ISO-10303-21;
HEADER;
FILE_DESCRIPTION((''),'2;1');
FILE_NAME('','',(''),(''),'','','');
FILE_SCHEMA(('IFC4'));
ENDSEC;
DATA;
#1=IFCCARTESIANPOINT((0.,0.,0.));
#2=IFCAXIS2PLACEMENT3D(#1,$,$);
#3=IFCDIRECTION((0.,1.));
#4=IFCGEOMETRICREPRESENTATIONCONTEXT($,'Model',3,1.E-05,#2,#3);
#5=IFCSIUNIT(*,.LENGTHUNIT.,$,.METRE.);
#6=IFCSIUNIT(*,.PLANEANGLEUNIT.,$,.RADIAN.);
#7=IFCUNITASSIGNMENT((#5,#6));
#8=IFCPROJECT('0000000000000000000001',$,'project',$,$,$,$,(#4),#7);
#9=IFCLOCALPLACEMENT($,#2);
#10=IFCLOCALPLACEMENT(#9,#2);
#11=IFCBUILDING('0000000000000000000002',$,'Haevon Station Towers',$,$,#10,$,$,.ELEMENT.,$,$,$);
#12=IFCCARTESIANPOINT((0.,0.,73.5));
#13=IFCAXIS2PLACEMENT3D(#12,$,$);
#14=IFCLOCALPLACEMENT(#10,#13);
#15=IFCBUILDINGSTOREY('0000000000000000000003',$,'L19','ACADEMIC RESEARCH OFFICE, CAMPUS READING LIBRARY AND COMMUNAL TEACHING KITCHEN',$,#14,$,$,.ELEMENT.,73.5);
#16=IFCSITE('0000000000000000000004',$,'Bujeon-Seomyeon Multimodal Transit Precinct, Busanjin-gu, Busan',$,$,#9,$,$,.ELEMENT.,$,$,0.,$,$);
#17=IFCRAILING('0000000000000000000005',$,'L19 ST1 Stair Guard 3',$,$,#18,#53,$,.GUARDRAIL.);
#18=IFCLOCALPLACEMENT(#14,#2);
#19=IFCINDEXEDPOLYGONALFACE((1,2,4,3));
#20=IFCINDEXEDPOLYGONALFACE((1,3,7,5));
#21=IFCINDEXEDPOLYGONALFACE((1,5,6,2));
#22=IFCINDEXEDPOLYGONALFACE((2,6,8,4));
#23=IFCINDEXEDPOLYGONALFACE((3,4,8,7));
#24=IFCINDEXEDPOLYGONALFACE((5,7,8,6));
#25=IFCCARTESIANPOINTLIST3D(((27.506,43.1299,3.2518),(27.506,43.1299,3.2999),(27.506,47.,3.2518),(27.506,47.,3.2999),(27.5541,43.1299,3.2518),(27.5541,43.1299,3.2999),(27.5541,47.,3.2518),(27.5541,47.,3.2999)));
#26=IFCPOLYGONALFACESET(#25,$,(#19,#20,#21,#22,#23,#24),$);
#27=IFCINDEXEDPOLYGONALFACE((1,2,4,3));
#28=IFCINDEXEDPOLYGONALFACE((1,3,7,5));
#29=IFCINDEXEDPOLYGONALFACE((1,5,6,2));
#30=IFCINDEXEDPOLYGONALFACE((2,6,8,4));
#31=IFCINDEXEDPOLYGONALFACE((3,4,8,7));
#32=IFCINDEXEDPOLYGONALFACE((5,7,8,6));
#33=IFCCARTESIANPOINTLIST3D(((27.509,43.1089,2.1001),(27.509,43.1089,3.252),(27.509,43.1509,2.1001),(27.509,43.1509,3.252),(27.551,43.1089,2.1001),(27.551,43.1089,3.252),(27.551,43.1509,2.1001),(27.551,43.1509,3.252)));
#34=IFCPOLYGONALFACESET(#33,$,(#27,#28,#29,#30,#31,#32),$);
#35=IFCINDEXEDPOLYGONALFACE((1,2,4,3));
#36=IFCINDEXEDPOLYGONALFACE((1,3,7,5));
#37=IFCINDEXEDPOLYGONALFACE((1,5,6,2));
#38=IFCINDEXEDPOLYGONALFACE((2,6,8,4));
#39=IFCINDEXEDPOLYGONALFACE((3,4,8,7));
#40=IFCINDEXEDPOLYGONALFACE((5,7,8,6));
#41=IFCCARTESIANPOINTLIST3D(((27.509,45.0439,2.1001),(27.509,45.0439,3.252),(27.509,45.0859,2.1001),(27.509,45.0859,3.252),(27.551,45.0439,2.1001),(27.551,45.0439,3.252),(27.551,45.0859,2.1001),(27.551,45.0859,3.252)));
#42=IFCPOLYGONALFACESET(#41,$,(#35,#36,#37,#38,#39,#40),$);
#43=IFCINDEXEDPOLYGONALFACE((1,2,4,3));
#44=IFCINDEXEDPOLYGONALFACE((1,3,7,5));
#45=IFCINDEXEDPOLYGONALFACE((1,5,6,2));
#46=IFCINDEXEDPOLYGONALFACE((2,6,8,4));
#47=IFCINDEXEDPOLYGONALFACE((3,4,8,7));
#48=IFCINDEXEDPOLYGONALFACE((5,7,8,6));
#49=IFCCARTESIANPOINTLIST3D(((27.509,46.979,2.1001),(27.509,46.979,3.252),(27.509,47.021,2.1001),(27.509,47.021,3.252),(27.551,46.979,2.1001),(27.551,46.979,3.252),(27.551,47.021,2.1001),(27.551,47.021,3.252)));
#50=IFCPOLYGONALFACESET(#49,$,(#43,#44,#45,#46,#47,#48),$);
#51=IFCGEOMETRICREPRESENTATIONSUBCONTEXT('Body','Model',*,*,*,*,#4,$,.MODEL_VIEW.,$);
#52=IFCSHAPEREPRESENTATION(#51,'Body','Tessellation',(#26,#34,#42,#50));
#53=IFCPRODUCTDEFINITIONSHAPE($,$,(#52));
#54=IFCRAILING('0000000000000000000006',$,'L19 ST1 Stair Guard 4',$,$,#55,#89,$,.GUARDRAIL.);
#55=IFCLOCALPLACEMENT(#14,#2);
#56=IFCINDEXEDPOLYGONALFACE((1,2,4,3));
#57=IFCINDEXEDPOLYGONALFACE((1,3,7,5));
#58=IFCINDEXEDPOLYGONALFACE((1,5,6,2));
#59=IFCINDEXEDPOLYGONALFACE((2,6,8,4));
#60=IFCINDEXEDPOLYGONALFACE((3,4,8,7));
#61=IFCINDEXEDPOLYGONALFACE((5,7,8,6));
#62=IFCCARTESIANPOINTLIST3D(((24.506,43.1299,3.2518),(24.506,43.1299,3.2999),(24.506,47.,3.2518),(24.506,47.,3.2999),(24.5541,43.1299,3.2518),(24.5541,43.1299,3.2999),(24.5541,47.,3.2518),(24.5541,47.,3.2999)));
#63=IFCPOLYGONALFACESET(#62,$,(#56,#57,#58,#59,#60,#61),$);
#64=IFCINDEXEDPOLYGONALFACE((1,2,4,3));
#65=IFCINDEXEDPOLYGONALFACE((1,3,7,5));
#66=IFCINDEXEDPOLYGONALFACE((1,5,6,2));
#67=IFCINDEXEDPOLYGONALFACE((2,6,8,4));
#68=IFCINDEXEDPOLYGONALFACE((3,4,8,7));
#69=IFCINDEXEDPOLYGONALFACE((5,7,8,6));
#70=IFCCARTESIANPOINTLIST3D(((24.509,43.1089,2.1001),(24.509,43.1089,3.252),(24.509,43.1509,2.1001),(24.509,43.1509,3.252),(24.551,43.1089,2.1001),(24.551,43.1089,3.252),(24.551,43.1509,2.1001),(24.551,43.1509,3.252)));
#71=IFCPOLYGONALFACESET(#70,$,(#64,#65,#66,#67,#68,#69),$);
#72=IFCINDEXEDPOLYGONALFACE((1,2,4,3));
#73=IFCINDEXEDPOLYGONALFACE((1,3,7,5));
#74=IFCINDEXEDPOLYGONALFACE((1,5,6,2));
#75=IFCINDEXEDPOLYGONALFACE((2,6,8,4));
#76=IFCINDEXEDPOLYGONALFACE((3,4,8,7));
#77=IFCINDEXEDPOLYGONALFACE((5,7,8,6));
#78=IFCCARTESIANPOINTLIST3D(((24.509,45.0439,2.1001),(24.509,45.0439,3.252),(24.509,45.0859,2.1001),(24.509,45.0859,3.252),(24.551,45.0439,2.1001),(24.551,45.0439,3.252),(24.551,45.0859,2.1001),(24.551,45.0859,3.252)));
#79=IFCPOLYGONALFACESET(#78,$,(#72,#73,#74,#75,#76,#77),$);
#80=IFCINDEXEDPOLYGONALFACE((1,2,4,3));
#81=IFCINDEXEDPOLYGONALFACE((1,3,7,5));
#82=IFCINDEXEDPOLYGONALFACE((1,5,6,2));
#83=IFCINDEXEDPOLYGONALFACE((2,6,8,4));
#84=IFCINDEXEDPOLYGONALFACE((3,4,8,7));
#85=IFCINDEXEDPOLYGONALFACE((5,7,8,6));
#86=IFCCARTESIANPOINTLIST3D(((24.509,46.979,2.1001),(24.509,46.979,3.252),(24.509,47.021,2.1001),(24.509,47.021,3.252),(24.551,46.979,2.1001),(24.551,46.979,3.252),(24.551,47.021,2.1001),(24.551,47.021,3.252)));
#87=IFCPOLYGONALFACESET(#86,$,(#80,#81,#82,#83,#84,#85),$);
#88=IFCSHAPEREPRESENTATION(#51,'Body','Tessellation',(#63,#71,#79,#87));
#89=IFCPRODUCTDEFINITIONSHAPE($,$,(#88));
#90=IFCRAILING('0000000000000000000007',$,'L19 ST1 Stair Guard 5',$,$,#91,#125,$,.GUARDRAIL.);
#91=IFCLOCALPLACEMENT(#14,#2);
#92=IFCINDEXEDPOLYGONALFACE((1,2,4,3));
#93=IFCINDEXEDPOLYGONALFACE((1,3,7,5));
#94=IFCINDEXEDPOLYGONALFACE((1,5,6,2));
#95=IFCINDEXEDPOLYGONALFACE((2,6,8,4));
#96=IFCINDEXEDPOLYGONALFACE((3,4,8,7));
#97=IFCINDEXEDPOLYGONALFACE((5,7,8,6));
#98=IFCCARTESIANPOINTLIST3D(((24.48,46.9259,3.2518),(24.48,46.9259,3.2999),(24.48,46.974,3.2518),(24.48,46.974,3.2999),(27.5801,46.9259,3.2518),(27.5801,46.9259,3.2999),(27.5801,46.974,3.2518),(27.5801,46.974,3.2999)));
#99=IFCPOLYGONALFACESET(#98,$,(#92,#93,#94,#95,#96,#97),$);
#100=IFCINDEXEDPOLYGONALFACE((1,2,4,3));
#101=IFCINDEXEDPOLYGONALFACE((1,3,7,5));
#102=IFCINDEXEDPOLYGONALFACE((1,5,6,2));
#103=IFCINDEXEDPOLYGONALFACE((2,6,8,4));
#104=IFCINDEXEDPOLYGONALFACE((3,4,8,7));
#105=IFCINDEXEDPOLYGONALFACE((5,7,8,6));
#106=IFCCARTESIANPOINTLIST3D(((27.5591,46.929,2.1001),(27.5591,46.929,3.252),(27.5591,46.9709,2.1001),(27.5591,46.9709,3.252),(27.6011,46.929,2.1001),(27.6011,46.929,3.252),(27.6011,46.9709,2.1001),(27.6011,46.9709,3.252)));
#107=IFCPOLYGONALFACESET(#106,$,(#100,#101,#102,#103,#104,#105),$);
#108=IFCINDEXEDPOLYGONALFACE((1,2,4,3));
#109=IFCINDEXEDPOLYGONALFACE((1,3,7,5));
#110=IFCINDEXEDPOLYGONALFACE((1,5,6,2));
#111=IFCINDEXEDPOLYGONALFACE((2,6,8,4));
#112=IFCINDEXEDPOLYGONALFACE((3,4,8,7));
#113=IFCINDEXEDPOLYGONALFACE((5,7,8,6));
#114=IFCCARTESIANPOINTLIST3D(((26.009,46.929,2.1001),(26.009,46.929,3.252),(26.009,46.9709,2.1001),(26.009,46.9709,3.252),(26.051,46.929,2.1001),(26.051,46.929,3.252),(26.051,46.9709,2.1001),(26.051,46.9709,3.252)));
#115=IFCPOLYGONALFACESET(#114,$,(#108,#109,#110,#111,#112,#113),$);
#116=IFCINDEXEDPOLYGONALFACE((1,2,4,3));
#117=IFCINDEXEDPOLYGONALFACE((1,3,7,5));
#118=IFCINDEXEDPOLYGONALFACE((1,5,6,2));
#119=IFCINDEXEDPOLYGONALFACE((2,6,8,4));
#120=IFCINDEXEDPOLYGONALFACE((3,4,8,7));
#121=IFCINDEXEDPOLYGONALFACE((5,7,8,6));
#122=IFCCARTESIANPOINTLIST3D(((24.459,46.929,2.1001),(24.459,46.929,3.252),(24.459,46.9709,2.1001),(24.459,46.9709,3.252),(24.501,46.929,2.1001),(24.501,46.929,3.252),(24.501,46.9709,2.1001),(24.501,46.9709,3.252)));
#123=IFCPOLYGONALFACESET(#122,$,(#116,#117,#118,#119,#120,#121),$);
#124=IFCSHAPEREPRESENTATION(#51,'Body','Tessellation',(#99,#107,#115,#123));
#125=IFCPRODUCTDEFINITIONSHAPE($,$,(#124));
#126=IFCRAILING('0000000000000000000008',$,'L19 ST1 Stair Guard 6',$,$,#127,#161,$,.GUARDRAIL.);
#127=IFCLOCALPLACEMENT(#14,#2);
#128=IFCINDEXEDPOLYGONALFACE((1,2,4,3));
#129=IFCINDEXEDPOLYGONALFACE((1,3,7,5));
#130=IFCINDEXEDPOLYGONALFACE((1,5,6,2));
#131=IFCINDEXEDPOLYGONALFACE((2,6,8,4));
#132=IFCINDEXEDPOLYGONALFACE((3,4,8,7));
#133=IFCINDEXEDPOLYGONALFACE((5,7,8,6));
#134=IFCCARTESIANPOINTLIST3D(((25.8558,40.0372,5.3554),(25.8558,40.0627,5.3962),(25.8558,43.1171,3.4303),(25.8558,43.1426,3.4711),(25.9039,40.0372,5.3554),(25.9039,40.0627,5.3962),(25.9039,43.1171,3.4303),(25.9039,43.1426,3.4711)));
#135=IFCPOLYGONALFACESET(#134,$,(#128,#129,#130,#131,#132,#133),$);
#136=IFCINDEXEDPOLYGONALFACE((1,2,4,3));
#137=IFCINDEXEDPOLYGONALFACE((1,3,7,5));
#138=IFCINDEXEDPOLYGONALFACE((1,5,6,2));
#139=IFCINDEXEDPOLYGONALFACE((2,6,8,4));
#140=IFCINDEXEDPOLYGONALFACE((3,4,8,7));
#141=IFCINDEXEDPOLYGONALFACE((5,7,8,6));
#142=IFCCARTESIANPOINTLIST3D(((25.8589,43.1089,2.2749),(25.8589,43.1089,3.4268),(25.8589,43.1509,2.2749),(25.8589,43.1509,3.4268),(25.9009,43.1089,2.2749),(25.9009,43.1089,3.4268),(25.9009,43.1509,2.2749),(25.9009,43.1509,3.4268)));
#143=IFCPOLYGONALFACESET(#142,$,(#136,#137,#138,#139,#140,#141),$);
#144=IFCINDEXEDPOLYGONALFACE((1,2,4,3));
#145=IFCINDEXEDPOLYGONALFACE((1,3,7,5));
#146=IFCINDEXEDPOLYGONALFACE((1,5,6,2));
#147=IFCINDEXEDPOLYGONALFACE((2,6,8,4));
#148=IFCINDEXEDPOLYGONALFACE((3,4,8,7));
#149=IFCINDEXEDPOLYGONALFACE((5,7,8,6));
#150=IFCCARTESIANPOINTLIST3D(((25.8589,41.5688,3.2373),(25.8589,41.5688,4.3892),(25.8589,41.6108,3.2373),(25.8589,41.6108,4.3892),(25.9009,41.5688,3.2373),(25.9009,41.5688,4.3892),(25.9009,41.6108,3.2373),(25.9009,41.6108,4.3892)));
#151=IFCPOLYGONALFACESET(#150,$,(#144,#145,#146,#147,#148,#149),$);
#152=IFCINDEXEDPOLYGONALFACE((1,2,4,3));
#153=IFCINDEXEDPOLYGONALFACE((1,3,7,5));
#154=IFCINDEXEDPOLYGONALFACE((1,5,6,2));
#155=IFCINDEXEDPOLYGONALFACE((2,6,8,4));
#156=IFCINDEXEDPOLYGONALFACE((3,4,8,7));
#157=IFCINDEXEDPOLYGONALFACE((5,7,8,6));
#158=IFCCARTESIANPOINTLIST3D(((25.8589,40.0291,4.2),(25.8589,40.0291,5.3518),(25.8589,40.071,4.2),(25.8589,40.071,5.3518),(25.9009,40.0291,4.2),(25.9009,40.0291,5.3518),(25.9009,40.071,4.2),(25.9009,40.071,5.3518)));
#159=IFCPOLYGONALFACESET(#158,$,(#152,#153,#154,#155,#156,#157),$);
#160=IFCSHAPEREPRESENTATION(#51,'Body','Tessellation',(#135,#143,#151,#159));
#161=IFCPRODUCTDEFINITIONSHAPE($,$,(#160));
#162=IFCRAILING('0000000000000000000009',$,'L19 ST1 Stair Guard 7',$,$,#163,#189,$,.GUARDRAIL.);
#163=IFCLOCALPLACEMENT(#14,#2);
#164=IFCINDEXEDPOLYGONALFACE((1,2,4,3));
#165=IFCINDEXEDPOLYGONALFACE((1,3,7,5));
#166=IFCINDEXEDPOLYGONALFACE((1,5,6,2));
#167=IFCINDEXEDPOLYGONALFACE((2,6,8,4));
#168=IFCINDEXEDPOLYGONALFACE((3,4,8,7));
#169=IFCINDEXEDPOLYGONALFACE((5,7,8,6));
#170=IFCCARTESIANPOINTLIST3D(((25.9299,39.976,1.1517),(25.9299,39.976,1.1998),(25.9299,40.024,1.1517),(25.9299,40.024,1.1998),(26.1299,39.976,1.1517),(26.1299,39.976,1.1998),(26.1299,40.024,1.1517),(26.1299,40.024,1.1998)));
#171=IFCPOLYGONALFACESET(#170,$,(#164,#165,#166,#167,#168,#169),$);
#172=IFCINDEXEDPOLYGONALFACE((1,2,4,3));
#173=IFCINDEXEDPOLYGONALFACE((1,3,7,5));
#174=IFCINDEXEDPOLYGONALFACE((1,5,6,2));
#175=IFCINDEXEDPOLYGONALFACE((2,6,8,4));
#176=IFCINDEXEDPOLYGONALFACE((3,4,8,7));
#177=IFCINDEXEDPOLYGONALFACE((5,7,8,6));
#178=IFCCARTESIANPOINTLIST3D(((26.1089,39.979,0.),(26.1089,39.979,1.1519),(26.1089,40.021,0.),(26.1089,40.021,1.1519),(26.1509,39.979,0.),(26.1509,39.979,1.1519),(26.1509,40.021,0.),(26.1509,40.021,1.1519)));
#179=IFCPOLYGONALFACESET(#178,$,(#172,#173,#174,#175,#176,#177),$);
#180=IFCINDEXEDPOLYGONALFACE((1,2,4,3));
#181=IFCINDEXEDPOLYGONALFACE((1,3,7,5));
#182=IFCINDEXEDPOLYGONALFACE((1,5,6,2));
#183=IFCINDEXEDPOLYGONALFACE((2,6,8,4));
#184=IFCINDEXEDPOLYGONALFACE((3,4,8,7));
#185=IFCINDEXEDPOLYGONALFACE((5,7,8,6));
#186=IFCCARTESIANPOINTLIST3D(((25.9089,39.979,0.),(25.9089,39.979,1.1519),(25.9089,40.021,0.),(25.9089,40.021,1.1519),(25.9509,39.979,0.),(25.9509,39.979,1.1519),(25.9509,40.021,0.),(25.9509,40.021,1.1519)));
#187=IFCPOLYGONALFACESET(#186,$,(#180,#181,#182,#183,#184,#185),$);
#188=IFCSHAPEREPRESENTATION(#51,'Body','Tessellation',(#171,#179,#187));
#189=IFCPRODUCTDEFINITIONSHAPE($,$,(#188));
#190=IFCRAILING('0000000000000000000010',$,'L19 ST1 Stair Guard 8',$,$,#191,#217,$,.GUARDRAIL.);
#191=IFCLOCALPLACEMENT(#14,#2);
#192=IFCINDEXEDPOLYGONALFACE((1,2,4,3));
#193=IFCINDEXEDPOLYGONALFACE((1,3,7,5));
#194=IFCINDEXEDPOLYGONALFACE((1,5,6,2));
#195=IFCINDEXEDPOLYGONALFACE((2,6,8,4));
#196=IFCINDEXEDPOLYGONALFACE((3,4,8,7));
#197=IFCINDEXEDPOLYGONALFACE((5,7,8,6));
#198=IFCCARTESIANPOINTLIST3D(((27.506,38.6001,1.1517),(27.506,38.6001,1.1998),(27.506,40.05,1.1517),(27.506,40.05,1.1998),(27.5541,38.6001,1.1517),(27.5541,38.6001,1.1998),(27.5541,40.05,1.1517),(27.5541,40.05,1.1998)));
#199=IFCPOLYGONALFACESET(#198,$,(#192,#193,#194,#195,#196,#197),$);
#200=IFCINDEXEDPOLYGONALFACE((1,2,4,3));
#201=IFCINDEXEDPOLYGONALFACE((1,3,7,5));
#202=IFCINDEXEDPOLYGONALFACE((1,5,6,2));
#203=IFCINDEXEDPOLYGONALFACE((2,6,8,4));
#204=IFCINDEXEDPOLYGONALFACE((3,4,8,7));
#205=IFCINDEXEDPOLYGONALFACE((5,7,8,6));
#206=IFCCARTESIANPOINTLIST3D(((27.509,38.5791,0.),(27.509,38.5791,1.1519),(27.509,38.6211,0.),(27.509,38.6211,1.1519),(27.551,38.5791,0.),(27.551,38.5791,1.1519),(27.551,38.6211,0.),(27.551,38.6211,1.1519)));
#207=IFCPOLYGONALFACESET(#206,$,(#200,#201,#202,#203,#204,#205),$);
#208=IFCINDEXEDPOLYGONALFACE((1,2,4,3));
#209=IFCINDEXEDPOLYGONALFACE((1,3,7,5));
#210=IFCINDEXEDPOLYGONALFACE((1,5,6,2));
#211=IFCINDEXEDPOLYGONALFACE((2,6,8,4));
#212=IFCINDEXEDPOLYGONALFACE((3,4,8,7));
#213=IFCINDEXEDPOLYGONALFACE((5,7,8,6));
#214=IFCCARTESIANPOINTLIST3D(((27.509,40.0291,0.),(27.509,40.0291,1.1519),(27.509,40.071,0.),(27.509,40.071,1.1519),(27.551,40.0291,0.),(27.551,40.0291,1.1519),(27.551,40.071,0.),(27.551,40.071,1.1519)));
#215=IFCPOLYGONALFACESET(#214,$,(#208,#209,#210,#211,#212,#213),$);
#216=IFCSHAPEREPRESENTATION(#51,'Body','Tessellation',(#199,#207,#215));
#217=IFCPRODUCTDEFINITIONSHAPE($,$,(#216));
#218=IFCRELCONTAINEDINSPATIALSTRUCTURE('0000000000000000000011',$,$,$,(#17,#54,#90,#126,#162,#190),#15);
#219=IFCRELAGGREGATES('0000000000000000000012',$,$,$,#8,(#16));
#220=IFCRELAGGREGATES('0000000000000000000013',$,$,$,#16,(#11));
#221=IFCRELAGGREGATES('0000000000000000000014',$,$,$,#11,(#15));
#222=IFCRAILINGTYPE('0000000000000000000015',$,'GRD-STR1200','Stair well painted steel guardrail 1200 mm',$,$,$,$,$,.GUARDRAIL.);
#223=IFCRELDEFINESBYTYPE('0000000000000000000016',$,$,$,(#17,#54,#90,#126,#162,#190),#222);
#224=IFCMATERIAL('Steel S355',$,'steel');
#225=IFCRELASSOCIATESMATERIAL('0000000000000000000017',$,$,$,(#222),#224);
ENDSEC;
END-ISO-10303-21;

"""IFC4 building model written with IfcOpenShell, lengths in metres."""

from ifc_helpers import new_model, si_unit, direction, frame, origin, origin_2d, place, context, subcontext, project, spatial, rectangle, extrude, material, type_object, element, save


model = new_model("IFC4")

# Units and contexts
model_context = context("Model", 3, precision=1e-05, world=origin(), true_north=direction((0.0, 1.0)))
body_context = subcontext(model_context, "Body", "Model", "MODEL_VIEW")
ifc_project = project(units=[si_unit("LENGTHUNIT", "METRE"), si_unit("PLANEANGLEUNIT", "RADIAN")], contexts=[model_context])

# Site, building, storey
site_placement = place(None, origin())
site = spatial("IfcSite", under=ifc_project, at=site_placement, Name="Bujeon-Seomyeon Multimodal Transit Precinct, Busanjin-gu, Busan", CompositionType="ELEMENT", RefElevation=0.0)
building_placement = place(site_placement, origin())
building = spatial("IfcBuilding", under=site, at=building_placement, Name="Haevon Station Towers", CompositionType="ELEMENT")
storey_placement = place(building_placement, frame((0.0, 0.0, 73.5)))
storey = spatial("IfcBuildingStorey", under=building, at=storey_placement, Name="L19", Description="ACADEMIC RESEARCH OFFICE, CAMPUS READING LIBRARY AND COMMUNAL TEACHING KITCHEN", CompositionType="ELEMENT", Elevation=73.5)

# Shared definitions
ifc_material_1 = material(Name="Steel S355", Category="steel")

# Railings
railing_type_1 = type_object("IfcRailingType", Name="GRD-STR1200", Description="Stair well painted steel guardrail 1200 mm", PredefinedType="GUARDRAIL", material=ifc_material_1)
for number, where, name in (
    (1, (27.53, 43.1299, 2.1001), "L19 ST1 Stair Guard 3"),
    (2, (24.53, 43.1299, 2.1001), "L19 ST1 Stair Guard 4"),
):
    element("IfcRailing", number, at=place(storey_placement, frame(where)), inside=storey, type_object=railing_type_1, Name=name, PredefinedType="GUARDRAIL", context=body_context, shape_type="SweptSolid", body=[
        extrude(rectangle(XDim=0.0481, YDim=0.0481, at=origin_2d()), frame((0.0, 0.0, 1.1758), z_axis=(0.0, 1.0, 0.0), x_axis=(-1.0, 0.0, 0.0)), (0.0, 0.0, 1.0), 3.8701),
        extrude(rectangle(XDim=0.042, YDim=0.042, at=origin_2d()), origin(), (0.0, 0.0, 1.0), 1.1519),
        extrude(rectangle(XDim=0.042, YDim=0.042, at=origin_2d()), frame((0.0, 1.9351, 0.0)), (0.0, 0.0, 1.0), 1.1519),
        extrude(rectangle(XDim=0.042, YDim=0.042, at=origin_2d()), frame((0.0, 3.8701, 0.0)), (0.0, 0.0, 1.0), 1.1519),
    ])
railing_1_placement = place(storey_placement, frame((27.5801, 46.95, 2.1001)))
element("IfcRailing", 3, at=railing_1_placement, inside=storey, type_object=railing_type_1, Name="L19 ST1 Stair Guard 5", PredefinedType="GUARDRAIL", context=body_context, shape_type="SweptSolid", body=[
    extrude(rectangle(XDim=0.0481, YDim=0.0481, at=origin_2d()), frame((0.0, 0.0, 1.1758), z_axis=(-1.0, 0.0, 0.0), x_axis=(0.0, -1.0, 0.0)), (0.0, 0.0, 1.0), 3.1001),
    extrude(rectangle(XDim=0.042, YDim=0.042, at=origin_2d()), origin(), (0.0, 0.0, 1.0), 1.1519),
    extrude(rectangle(XDim=0.042, YDim=0.042, at=origin_2d()), frame((-1.55, 0.0, 0.0)), (0.0, 0.0, 1.0), 1.1519),
    extrude(rectangle(XDim=0.042, YDim=0.042, at=origin_2d()), frame((-3.1001, 0.0, 0.0)), (0.0, 0.0, 1.0), 1.1519),
])
railing_2_placement = place(storey_placement, frame((25.8799, 43.1299, 2.2749)))
element("IfcRailing", 4, at=railing_2_placement, inside=storey, type_object=railing_type_1, Name="L19 ST1 Stair Guard 6", PredefinedType="GUARDRAIL", context=body_context, shape_type="SweptSolid", body=[
    extrude(rectangle(XDim=0.0481, YDim=0.0481, at=origin_2d()), frame((0.0, 0.0, 1.1758), z_axis=(0.0, -0.847979, 0.530029), x_axis=(1.0, 0.0, 0.0)), (0.0, 0.0, 1.0), 3.6321),
    extrude(rectangle(XDim=0.042, YDim=0.042, at=origin_2d()), origin(), (0.0, 0.0, 1.0), 1.1519),
    extrude(rectangle(XDim=0.042, YDim=0.042, at=origin_2d()), frame((0.0, -1.54, 0.9624)), (0.0, 0.0, 1.0), 1.1519),
    extrude(rectangle(XDim=0.042, YDim=0.042, at=origin_2d()), frame((0.0, -3.0798, 1.925)), (0.0, 0.0, 1.0), 1.1519),
])
railing_3_placement = place(storey_placement, frame((26.1299, 40.0, 0.0)))
element("IfcRailing", 5, at=railing_3_placement, inside=storey, type_object=railing_type_1, Name="L19 ST1 Stair Guard 7", PredefinedType="GUARDRAIL", context=body_context, shape_type="SweptSolid", body=[
    extrude(rectangle(XDim=0.0481, YDim=0.0481, at=origin_2d()), frame((0.0, 0.0, 1.1758), z_axis=(-1.0, 0.0, 0.0), x_axis=(0.0, -1.0, 0.0)), (0.0, 0.0, 1.0), 0.2),
    extrude(rectangle(XDim=0.042, YDim=0.042, at=origin_2d()), origin(), (0.0, 0.0, 1.0), 1.1519),
    extrude(rectangle(XDim=0.042, YDim=0.042, at=origin_2d()), frame((-0.2, 0.0, 0.0)), (0.0, 0.0, 1.0), 1.1519),
])
railing_4_placement = place(storey_placement, frame((27.53, 38.6001, 0.0)))
element("IfcRailing", 6, at=railing_4_placement, inside=storey, type_object=railing_type_1, Name="L19 ST1 Stair Guard 8", PredefinedType="GUARDRAIL", context=body_context, shape_type="SweptSolid", body=[
    extrude(rectangle(XDim=0.0481, YDim=0.0481, at=origin_2d()), frame((0.0, 0.0, 1.1758), z_axis=(0.0, 1.0, 0.0), x_axis=(-1.0, 0.0, 0.0)), (0.0, 0.0, 1.0), 1.45),
    extrude(rectangle(XDim=0.042, YDim=0.042, at=origin_2d()), origin(), (0.0, 0.0, 1.0), 1.1519),
    extrude(rectangle(XDim=0.042, YDim=0.042, at=origin_2d()), frame((0.0, 1.45, 0.0)), (0.0, 0.0, 1.0), 1.1519),
])

save(model, "model.ifc")
